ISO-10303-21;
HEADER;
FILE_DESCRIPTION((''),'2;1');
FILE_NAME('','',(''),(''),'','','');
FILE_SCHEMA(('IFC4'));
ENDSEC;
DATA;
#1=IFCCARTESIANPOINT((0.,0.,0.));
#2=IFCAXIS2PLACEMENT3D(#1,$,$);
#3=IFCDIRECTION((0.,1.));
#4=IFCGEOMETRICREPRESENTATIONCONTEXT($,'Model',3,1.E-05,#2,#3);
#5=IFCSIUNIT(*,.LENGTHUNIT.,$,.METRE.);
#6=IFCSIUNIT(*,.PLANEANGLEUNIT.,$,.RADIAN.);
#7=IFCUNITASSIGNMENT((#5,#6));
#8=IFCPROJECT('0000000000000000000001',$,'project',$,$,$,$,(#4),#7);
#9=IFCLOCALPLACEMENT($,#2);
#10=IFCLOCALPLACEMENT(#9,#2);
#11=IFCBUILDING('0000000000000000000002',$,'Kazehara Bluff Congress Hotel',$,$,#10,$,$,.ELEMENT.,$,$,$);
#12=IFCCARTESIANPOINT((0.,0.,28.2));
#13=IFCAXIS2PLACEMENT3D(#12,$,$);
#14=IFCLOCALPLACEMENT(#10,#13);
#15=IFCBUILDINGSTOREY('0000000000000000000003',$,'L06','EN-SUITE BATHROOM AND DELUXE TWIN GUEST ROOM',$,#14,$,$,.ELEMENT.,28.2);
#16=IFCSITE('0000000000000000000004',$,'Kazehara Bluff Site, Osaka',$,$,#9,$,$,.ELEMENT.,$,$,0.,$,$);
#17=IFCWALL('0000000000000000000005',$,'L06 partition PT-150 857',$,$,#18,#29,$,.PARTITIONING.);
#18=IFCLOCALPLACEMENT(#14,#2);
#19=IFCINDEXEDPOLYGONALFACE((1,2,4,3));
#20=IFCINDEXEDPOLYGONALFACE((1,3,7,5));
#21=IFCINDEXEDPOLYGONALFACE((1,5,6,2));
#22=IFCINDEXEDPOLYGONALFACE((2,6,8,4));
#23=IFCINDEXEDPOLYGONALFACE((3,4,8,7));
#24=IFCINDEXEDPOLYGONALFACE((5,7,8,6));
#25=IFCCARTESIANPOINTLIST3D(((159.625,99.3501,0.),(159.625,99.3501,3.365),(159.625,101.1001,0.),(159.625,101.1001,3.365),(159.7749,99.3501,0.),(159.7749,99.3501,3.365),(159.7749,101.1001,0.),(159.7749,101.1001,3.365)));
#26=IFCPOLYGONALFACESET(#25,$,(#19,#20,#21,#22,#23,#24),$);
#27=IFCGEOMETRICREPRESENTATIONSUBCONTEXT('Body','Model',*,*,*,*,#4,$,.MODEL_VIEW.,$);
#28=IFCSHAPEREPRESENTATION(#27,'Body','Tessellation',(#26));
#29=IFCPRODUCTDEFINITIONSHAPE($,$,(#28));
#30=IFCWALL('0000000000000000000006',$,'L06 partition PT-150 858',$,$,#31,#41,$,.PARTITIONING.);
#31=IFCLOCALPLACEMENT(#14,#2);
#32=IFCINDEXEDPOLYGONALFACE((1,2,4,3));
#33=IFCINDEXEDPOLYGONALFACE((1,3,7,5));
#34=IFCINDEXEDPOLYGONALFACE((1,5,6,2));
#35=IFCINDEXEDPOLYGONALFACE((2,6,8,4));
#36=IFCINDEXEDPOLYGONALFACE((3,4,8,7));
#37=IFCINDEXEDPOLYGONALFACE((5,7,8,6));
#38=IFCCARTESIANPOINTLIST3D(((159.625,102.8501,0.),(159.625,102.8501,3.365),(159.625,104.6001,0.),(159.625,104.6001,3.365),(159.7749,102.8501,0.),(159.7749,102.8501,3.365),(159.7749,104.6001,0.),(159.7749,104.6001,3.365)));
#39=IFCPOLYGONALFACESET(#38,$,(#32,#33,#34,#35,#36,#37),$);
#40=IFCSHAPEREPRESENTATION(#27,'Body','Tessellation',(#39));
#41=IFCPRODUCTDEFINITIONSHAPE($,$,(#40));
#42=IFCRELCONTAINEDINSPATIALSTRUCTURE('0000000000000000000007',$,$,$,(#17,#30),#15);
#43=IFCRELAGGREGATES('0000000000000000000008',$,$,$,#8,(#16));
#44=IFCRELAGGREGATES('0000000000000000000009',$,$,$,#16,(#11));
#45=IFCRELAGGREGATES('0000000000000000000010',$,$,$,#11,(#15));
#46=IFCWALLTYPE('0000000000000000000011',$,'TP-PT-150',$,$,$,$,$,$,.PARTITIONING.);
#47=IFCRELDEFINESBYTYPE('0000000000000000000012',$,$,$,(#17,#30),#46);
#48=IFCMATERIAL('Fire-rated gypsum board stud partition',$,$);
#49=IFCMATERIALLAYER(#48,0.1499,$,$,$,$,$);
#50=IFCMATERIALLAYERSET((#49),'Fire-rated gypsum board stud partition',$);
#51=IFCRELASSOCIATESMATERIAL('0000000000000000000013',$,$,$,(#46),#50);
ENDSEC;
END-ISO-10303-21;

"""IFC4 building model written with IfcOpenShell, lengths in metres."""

from ifc_helpers import new_model, si_unit, direction, frame, frame_2d, origin, place, context, subcontext, project, spatial, rectangle, extrude, material, layer, layer_set, type_object, element, save


model = new_model("IFC4")

# Units and contexts
model_context = context("Model", 3, precision=1e-05, world=origin(), true_north=direction((0.0, 1.0)))
body_context = subcontext(model_context, "Body", "Model", "MODEL_VIEW")
ifc_project = project(units=[si_unit("LENGTHUNIT", "METRE"), si_unit("PLANEANGLEUNIT", "RADIAN")], contexts=[model_context])

# Site, building, storey
site_placement = place(None, origin())
site = spatial("IfcSite", under=ifc_project, at=site_placement, Name="Kazehara Bluff Site, Osaka", CompositionType="ELEMENT", RefElevation=0.0)
building_placement = place(site_placement, origin())
building = spatial("IfcBuilding", under=site, at=building_placement, Name="Kazehara Bluff Congress Hotel", CompositionType="ELEMENT")
storey_placement = place(building_placement, frame((0.0, 0.0, 28.2)))
storey = spatial("IfcBuildingStorey", under=building, at=storey_placement, Name="L06", Description="EN-SUITE BATHROOM AND DELUXE TWIN GUEST ROOM", CompositionType="ELEMENT", Elevation=28.2)

# Shared definitions
ifc_material_1 = material(Name="Fire-rated gypsum board stud partition")
ifc_layer_1 = layer(ifc_material_1, 0.1499)
ifc_layer_set_1 = layer_set([ifc_layer_1], Name="Fire-rated gypsum board stud partition")
wall_type_1 = type_object("IfcWallType", Name="TP-PT-150", PredefinedType="PARTITIONING", material=ifc_layer_set_1)

# Walls
for number, where, z_axis, x_axis, name in (
    (1, (159.7, 99.3501, 0.0), (0.0, 0.0, 1.0), (0.0, 1.0, 0.0), "L06 partition PT-150 857"),
    (2, (159.7, 102.8501, 0.0), (0.0, 0.0, 1.0), (0.0, 1.0, 0.0), "L06 partition PT-150 858"),
):
    element("IfcWall", number, at=place(storey_placement, frame(where, z_axis=z_axis, x_axis=x_axis)), inside=storey, type_object=wall_type_1, Name=name, PredefinedType="PARTITIONING", context=body_context, shape_type="SweptSolid", body=[
        extrude(rectangle(XDim=1.75, YDim=0.1499, at=frame_2d((0.875, 0.0))), origin(), (0.0, 0.0, 1.0), 3.365),
    ])

save(model, "model.ifc")
